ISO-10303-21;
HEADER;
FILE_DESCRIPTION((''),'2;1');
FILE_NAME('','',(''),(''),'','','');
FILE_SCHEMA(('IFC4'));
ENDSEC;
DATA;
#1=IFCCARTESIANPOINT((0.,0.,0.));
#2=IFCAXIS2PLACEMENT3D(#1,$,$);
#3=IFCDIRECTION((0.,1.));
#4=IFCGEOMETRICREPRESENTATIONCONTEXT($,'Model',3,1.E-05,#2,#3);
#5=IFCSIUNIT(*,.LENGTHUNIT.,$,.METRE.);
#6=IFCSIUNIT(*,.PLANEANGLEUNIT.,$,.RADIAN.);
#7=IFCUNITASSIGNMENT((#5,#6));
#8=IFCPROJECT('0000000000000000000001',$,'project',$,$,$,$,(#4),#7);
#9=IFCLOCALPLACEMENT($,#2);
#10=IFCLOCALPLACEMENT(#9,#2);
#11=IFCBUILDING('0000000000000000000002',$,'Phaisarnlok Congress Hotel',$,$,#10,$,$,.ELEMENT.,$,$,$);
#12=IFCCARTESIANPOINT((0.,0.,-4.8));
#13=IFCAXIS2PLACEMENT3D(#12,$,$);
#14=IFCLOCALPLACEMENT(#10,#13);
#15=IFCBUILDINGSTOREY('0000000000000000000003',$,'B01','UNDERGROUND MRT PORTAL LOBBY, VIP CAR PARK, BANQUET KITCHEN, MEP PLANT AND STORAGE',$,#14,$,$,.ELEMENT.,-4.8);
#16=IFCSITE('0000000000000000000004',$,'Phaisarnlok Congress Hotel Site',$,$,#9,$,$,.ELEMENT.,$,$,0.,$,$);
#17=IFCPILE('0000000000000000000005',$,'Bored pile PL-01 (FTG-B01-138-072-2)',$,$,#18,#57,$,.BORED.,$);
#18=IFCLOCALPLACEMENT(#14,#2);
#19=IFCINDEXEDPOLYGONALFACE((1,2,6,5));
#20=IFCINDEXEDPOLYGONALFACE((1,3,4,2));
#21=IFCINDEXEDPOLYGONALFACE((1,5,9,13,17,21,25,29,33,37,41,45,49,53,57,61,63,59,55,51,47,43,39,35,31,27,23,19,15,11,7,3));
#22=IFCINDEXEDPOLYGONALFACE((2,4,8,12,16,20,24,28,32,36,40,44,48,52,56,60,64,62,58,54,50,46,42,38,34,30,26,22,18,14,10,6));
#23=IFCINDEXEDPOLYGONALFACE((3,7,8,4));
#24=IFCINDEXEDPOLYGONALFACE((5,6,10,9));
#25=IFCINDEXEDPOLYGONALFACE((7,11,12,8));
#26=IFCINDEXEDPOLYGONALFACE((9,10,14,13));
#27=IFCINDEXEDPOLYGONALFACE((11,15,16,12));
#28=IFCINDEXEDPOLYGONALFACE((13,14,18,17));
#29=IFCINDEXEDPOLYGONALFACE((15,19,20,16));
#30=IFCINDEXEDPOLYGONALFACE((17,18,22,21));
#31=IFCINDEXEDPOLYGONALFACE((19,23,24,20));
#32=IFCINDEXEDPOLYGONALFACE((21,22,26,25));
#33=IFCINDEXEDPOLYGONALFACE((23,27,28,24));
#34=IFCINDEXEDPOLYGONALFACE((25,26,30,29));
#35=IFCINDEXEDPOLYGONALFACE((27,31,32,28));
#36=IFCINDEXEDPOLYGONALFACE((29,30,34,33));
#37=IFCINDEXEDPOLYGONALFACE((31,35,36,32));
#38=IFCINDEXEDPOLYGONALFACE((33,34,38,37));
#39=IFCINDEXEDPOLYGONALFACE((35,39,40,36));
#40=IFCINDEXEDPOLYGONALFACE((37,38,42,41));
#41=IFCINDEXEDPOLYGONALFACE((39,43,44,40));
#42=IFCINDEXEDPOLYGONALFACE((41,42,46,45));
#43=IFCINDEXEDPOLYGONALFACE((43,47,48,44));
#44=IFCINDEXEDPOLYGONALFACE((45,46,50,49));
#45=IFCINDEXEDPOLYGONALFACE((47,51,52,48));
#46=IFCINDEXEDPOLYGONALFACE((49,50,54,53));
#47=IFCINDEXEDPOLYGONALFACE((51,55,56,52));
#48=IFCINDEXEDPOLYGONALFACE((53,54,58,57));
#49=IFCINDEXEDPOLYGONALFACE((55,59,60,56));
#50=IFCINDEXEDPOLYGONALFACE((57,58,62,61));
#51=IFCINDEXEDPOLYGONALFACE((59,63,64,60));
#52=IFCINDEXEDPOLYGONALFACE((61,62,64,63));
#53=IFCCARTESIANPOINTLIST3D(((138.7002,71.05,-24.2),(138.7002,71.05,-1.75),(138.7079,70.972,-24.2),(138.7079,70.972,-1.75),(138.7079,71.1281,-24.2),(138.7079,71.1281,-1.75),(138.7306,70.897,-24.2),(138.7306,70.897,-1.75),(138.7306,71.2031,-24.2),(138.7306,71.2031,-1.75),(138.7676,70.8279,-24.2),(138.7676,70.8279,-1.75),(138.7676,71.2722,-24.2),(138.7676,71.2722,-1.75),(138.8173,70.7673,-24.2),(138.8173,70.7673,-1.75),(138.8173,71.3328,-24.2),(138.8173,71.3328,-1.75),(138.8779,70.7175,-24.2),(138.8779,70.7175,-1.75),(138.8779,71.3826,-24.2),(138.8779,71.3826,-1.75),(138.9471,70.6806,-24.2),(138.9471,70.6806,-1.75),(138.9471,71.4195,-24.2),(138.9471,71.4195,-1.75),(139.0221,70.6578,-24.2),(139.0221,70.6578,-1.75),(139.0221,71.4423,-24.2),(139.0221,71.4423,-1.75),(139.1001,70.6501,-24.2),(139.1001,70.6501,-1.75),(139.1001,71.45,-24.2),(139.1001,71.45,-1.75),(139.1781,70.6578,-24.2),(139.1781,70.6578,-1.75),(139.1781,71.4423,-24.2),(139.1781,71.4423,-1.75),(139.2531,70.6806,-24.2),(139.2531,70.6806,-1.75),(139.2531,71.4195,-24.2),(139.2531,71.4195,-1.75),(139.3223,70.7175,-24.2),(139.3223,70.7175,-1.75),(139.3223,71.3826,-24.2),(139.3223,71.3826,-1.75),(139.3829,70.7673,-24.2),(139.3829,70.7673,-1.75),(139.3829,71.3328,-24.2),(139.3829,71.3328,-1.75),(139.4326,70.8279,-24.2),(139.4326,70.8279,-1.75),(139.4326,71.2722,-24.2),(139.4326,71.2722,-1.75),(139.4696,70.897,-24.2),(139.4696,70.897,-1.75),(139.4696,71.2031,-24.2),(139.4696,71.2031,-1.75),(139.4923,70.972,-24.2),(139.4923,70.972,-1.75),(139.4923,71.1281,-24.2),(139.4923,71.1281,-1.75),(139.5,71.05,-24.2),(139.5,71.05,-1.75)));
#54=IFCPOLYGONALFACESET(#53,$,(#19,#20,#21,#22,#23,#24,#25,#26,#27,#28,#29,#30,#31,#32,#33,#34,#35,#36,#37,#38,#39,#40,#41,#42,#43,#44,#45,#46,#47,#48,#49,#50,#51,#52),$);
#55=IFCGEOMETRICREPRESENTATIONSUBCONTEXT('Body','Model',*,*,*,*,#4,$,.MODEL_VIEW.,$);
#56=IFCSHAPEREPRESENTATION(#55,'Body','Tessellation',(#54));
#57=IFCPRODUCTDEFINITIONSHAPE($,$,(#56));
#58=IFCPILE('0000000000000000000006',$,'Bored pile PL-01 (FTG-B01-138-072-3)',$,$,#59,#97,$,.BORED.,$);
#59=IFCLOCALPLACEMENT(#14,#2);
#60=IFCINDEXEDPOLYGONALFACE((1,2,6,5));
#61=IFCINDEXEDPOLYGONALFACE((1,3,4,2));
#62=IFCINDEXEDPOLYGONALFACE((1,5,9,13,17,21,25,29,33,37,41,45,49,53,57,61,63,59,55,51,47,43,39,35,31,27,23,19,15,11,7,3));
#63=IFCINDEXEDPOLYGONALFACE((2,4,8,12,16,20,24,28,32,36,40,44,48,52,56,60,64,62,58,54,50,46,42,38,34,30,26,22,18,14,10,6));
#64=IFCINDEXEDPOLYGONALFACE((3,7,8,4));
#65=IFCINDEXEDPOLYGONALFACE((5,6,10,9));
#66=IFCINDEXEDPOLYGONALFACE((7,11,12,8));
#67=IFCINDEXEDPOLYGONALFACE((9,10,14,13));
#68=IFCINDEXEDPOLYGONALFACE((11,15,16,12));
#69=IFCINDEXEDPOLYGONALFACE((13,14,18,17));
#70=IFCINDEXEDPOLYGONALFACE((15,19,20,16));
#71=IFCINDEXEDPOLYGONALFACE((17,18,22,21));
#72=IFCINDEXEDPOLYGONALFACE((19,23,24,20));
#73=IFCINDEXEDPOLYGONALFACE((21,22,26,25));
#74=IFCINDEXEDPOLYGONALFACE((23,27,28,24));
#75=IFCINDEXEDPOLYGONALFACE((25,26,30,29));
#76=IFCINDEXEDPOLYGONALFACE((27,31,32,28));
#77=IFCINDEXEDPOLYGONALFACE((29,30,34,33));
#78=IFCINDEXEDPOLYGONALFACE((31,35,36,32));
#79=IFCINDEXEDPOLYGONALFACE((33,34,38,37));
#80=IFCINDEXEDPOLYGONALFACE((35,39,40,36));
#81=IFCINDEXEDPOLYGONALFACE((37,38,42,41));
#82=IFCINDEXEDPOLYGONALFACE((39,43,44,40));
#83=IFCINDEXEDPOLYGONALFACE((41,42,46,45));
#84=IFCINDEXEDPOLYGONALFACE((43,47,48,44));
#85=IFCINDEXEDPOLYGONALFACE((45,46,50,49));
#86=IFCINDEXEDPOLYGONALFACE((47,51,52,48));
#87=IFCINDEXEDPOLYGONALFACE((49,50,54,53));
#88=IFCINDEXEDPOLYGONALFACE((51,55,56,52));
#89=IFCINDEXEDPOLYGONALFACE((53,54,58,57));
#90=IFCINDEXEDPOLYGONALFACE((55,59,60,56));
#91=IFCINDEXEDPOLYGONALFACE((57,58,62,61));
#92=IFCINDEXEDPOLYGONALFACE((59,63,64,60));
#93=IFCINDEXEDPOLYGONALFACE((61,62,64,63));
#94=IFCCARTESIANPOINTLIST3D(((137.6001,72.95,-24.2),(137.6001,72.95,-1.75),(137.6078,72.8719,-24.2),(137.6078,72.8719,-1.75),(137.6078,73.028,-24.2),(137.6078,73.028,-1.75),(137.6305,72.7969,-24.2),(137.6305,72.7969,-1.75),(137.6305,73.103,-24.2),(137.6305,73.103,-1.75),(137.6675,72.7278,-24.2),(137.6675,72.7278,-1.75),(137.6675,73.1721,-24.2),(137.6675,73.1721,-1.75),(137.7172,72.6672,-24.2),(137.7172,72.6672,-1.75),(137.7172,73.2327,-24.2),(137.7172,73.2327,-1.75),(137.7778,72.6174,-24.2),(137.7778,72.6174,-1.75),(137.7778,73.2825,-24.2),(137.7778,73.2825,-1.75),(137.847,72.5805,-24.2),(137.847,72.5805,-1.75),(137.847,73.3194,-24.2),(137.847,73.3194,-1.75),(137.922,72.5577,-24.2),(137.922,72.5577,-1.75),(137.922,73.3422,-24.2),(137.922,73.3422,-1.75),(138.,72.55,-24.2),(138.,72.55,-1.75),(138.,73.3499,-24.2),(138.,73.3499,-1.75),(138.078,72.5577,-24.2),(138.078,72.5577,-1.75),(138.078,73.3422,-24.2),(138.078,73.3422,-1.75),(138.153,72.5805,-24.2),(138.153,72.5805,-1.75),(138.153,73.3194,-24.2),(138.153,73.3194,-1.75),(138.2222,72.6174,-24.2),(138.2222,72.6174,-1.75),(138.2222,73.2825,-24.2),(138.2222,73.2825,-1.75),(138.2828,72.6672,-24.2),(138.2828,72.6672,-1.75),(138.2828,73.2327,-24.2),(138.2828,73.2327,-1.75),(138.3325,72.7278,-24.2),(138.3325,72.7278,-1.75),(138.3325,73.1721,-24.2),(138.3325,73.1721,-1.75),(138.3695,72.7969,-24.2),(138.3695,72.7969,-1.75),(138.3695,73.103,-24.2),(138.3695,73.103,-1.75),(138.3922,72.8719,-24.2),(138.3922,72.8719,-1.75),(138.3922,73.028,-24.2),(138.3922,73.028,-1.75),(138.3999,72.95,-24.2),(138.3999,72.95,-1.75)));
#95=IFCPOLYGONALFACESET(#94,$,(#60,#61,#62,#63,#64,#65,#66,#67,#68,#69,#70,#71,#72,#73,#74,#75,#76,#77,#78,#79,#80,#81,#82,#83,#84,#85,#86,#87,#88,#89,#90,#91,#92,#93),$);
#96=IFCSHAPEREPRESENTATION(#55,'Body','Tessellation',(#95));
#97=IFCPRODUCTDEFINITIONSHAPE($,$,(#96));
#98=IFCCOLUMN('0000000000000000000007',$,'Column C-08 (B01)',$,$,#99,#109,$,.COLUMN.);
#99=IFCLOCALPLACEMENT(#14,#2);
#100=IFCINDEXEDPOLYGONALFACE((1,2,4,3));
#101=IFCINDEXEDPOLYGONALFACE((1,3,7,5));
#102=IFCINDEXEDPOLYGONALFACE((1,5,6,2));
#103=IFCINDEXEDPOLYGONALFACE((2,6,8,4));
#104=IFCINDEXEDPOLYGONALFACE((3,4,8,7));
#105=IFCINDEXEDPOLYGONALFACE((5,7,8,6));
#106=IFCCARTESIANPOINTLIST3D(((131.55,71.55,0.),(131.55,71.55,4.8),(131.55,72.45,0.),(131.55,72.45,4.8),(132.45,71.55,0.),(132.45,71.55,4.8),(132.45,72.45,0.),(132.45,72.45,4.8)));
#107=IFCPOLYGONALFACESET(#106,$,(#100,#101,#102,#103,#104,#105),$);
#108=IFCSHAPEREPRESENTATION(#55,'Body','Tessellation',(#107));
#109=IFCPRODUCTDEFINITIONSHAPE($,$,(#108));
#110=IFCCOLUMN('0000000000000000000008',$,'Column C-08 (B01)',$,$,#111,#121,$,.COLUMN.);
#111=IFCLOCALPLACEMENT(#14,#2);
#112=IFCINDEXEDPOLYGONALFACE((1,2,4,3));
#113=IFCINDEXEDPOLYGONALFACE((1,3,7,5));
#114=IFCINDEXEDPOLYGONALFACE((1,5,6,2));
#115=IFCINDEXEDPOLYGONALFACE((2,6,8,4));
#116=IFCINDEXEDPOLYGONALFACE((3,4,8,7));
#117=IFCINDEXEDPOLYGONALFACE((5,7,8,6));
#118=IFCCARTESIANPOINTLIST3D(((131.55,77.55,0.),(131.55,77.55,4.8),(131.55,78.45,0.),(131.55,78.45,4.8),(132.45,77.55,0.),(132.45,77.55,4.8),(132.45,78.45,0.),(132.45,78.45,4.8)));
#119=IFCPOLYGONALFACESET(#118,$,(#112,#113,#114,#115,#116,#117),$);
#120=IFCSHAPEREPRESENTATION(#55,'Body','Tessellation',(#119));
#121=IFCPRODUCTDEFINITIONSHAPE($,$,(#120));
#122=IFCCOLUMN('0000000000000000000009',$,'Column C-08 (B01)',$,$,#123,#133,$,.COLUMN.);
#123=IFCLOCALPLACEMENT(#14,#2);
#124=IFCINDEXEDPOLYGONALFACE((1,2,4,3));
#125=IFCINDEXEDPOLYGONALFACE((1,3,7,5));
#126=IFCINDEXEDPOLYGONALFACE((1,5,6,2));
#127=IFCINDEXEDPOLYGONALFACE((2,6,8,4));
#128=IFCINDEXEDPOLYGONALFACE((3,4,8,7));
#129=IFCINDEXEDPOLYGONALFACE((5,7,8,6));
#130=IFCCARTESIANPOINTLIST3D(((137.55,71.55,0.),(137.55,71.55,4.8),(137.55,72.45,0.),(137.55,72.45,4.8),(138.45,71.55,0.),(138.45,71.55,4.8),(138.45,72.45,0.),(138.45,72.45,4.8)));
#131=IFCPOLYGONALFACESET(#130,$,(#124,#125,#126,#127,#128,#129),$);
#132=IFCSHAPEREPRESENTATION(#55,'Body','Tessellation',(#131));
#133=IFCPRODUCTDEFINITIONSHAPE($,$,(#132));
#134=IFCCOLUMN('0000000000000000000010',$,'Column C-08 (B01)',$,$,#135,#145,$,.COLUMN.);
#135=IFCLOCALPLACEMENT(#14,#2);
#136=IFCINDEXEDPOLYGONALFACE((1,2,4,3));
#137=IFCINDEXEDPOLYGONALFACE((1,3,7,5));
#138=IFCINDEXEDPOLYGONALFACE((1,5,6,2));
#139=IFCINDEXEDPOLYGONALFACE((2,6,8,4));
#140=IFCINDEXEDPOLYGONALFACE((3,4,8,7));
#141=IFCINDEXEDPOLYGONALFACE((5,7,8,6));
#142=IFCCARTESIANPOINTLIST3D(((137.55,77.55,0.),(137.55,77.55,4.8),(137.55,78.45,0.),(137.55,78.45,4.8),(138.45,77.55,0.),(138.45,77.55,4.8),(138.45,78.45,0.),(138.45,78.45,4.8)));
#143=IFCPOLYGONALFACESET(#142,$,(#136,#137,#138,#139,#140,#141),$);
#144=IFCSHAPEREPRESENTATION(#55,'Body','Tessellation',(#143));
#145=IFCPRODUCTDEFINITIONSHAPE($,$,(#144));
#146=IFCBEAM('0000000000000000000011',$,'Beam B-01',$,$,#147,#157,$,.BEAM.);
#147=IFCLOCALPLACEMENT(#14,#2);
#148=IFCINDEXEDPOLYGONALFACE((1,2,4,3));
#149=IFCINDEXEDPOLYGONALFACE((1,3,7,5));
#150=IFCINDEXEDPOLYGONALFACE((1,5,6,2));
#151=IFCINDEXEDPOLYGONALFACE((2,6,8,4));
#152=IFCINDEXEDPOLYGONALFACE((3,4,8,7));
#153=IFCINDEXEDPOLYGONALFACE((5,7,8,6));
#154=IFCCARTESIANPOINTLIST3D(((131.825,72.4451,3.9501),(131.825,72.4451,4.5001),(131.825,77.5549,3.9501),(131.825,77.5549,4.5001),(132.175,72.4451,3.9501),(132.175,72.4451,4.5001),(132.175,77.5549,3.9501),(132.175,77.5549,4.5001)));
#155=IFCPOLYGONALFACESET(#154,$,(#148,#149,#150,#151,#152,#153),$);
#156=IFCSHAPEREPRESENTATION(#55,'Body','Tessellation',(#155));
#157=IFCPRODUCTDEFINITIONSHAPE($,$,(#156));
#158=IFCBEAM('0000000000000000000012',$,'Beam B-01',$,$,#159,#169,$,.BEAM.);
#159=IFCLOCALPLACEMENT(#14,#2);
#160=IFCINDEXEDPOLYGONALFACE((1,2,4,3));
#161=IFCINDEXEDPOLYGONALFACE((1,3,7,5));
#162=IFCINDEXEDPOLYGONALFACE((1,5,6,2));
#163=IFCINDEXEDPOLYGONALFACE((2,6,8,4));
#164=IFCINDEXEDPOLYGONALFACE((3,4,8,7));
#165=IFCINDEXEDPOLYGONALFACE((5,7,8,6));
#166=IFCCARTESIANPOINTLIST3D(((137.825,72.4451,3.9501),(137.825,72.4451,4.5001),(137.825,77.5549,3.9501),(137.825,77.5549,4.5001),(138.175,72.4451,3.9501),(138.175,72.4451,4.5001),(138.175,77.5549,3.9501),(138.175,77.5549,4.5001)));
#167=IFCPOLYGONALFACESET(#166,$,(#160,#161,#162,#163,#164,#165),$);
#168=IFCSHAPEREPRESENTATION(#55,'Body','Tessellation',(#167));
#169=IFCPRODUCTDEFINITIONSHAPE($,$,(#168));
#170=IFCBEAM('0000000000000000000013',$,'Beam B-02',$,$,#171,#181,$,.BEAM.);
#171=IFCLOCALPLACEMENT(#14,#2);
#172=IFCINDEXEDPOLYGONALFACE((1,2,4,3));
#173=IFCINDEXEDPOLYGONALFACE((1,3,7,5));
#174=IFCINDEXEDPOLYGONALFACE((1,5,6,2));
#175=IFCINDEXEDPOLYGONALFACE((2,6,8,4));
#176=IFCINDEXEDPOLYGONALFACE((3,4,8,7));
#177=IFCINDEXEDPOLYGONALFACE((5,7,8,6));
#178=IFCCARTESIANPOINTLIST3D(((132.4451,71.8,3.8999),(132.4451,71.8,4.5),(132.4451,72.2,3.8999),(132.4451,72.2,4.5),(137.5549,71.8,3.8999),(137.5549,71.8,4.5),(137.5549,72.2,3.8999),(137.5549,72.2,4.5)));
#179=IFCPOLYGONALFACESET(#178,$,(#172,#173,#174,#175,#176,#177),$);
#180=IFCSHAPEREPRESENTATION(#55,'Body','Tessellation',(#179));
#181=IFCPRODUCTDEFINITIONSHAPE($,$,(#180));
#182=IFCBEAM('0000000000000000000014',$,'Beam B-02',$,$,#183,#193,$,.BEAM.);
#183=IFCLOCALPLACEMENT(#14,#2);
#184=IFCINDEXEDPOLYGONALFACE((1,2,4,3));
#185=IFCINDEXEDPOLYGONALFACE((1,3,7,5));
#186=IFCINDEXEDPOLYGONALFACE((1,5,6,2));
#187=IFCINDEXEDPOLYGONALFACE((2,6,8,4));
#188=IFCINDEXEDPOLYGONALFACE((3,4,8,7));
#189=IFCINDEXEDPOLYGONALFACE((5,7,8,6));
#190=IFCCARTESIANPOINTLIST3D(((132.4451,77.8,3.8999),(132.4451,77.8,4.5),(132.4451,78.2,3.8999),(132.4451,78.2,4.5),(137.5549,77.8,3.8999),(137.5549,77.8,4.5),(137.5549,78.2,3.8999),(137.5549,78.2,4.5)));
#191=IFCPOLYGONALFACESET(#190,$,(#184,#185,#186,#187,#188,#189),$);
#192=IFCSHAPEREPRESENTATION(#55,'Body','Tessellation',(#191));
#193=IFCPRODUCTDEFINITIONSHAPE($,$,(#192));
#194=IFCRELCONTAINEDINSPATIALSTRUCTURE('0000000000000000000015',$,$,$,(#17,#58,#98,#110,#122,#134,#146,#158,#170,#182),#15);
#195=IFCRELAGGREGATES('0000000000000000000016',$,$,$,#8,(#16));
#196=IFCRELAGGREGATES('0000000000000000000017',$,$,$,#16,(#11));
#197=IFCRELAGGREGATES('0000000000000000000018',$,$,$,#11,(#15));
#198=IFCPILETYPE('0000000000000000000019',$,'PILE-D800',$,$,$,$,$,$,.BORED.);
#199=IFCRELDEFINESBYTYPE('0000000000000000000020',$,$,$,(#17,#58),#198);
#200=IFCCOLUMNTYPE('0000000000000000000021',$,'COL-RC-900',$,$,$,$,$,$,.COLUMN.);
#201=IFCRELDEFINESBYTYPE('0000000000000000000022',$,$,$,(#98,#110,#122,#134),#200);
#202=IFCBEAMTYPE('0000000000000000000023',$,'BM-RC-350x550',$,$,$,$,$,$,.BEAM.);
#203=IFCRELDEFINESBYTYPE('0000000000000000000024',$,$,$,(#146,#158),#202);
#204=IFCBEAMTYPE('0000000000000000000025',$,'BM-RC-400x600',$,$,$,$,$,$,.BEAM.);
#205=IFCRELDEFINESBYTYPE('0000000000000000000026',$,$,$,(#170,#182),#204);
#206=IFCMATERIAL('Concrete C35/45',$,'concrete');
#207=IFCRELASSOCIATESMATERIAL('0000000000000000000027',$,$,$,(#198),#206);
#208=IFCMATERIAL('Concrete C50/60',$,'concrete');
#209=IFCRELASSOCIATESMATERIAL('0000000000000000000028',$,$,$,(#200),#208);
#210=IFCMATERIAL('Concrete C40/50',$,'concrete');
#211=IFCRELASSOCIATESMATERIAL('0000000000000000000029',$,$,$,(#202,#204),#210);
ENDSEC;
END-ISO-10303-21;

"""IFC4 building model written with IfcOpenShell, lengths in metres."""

from ifc_helpers import new_model, si_unit, direction, frame, origin, origin_2d, place, context, subcontext, project, spatial, rectangle, circle, extrude, material, material_profile, profile_set, type_object, element, save


model = new_model("IFC4")

# Units and contexts
model_context = context("Model", 3, precision=1e-05, world=origin(), true_north=direction((0.0, 1.0)))
body_context = subcontext(model_context, "Body", "Model", "MODEL_VIEW")
ifc_project = project(units=[si_unit("LENGTHUNIT", "METRE"), si_unit("PLANEANGLEUNIT", "RADIAN")], contexts=[model_context])

# Site, building, storey
site_placement = place(None, origin())
site = spatial("IfcSite", under=ifc_project, at=site_placement, Name="Phaisarnlok Congress Hotel Site", CompositionType="ELEMENT", RefElevation=0.0)
building_placement = place(site_placement, origin())
building = spatial("IfcBuilding", under=site, at=building_placement, Name="Phaisarnlok Congress Hotel", CompositionType="ELEMENT")
storey_placement = place(building_placement, frame((0.0, 0.0, -4.8)))
storey = spatial("IfcBuildingStorey", under=building, at=storey_placement, Name="B01", Description="UNDERGROUND MRT PORTAL LOBBY, VIP CAR PARK, BANQUET KITCHEN, MEP PLANT AND STORAGE", CompositionType="ELEMENT", Elevation=-4.8)

# Shared definitions
ifc_material_1 = material(Name="Concrete C40/50", Category="concrete")

# Piles
ifc_material_2 = material(Name="Concrete C35/45", Category="concrete")
ifc_material_profile_1 = material_profile(ifc_material_2, circle(Radius=0.3999, at=origin_2d()), Name="BORED PILE D800")
ifc_profile_set_1 = profile_set([ifc_material_profile_1], Name="Concrete C35/45")
pile_type_1 = type_object("IfcPileType", Name="PILE-D800", PredefinedType="BORED", material=ifc_profile_set_1)
for number, where, z_axis, x_axis, name in (
    (1, (139.1001, 71.05, -1.75), (0.0, 0.0, -1.0), (1.0, 0.0, 0.0), "Bored pile PL-01 (FTG-B01-138-072-2)"),
    (2, (138.0, 72.95, -1.75), (0.0, 0.0, -1.0), (1.0, 0.0, 0.0), "Bored pile PL-01 (FTG-B01-138-072-3)"),
):
    element("IfcPile", number, at=place(storey_placement, frame(where, z_axis=z_axis, x_axis=x_axis)), inside=storey, type_object=pile_type_1, Name=name, PredefinedType="BORED", context=body_context, shape_type="SweptSolid", body=[
        extrude(circle(Radius=0.3999, at=origin_2d()), origin(), (0.0, 0.0, 1.0), 22.45),
    ])

# Columns
ifc_material_3 = material(Name="Concrete C50/60", Category="concrete")
ifc_material_profile_2 = material_profile(ifc_material_3, rectangle(XDim=0.8999, YDim=0.8999, at=origin_2d()), Name="RC 900x900")
ifc_profile_set_2 = profile_set([ifc_material_profile_2], Name="Concrete C50/60")
column_type = type_object("IfcColumnType", Name="COL-RC-900", PredefinedType="COLUMN", material=ifc_profile_set_2)
for number, where, z_axis, x_axis, name in (
    (3, (132.0, 72.0, 0.0), (0.0, 0.0, 1.0), (1.0, 0.0, 0.0), "Column C-08 (B01)"),
    (4, (132.0, 78.0, 0.0), (0.0, 0.0, 1.0), (1.0, 0.0, 0.0), "Column C-08 (B01)"),
    (5, (138.0, 72.0, 0.0), (0.0, 0.0, 1.0), (1.0, 0.0, 0.0), "Column C-08 (B01)"),
    (6, (138.0, 78.0, 0.0), (0.0, 0.0, 1.0), (1.0, 0.0, 0.0), "Column C-08 (B01)"),
):
    element("IfcColumn", number, at=place(storey_placement, frame(where, z_axis=z_axis, x_axis=x_axis)), inside=storey, type_object=column_type, Name=name, PredefinedType="COLUMN", context=body_context, shape_type="SweptSolid", body=[
        extrude(rectangle(XDim=0.8999, YDim=0.8999, at=origin_2d()), origin(), (0.0, 0.0, 1.0), 4.8),
    ])

# Beams
ifc_material_profile_3 = material_profile(ifc_material_1, rectangle(XDim=0.3501, YDim=0.55, at=origin_2d()), Name="RC 350x550")
ifc_profile_set_3 = profile_set([ifc_material_profile_3], Name="Concrete C40/50")
beam_type_1 = type_object("IfcBeamType", Name="BM-RC-350x550", PredefinedType="BEAM", material=ifc_profile_set_3)
for number, where, z_axis, x_axis, name in (
    (7, (132.0, 72.4451, 4.2251), (0.0, 1.0, 0.0), (-1.0, 0.0, 0.0), "Beam B-01"),
    (8, (138.0, 72.4451, 4.2251), (0.0, 1.0, 0.0), (-1.0, 0.0, 0.0), "Beam B-01"),
):
    element("IfcBeam", number, at=place(storey_placement, frame(where, z_axis=z_axis, x_axis=x_axis)), inside=storey, type_object=beam_type_1, Name=name, PredefinedType="BEAM", context=body_context, shape_type="SweptSolid", body=[
        extrude(rectangle(XDim=0.3501, YDim=0.55, at=origin_2d()), origin(), (0.0, 0.0, 1.0), 5.1099),
    ])
ifc_material_profile_4 = material_profile(ifc_material_1, rectangle(XDim=0.3999, YDim=0.6001, at=origin_2d()), Name="RC 400x600")
ifc_profile_set_4 = profile_set([ifc_material_profile_4], Name="Concrete C40/50")
beam_type_2 = type_object("IfcBeamType", Name="BM-RC-400x600", PredefinedType="BEAM", material=ifc_profile_set_4)
for number, where, z_axis, x_axis, name in (
    (9, (132.4451, 72.0, 4.2), (1.0, 0.0, 0.0), (0.0, 1.0, 0.0), "Beam B-02"),
    (10, (132.4451, 78.0, 4.2), (1.0, 0.0, 0.0), (0.0, 1.0, 0.0), "Beam B-02"),
):
    element("IfcBeam", number, at=place(storey_placement, frame(where, z_axis=z_axis, x_axis=x_axis)), inside=storey, type_object=beam_type_2, Name=name, PredefinedType="BEAM", context=body_context, shape_type="SweptSolid", body=[
        extrude(rectangle(XDim=0.3999, YDim=0.6001, at=origin_2d()), origin(), (0.0, 0.0, 1.0), 5.1099),
    ])

save(model, "model.ifc")
